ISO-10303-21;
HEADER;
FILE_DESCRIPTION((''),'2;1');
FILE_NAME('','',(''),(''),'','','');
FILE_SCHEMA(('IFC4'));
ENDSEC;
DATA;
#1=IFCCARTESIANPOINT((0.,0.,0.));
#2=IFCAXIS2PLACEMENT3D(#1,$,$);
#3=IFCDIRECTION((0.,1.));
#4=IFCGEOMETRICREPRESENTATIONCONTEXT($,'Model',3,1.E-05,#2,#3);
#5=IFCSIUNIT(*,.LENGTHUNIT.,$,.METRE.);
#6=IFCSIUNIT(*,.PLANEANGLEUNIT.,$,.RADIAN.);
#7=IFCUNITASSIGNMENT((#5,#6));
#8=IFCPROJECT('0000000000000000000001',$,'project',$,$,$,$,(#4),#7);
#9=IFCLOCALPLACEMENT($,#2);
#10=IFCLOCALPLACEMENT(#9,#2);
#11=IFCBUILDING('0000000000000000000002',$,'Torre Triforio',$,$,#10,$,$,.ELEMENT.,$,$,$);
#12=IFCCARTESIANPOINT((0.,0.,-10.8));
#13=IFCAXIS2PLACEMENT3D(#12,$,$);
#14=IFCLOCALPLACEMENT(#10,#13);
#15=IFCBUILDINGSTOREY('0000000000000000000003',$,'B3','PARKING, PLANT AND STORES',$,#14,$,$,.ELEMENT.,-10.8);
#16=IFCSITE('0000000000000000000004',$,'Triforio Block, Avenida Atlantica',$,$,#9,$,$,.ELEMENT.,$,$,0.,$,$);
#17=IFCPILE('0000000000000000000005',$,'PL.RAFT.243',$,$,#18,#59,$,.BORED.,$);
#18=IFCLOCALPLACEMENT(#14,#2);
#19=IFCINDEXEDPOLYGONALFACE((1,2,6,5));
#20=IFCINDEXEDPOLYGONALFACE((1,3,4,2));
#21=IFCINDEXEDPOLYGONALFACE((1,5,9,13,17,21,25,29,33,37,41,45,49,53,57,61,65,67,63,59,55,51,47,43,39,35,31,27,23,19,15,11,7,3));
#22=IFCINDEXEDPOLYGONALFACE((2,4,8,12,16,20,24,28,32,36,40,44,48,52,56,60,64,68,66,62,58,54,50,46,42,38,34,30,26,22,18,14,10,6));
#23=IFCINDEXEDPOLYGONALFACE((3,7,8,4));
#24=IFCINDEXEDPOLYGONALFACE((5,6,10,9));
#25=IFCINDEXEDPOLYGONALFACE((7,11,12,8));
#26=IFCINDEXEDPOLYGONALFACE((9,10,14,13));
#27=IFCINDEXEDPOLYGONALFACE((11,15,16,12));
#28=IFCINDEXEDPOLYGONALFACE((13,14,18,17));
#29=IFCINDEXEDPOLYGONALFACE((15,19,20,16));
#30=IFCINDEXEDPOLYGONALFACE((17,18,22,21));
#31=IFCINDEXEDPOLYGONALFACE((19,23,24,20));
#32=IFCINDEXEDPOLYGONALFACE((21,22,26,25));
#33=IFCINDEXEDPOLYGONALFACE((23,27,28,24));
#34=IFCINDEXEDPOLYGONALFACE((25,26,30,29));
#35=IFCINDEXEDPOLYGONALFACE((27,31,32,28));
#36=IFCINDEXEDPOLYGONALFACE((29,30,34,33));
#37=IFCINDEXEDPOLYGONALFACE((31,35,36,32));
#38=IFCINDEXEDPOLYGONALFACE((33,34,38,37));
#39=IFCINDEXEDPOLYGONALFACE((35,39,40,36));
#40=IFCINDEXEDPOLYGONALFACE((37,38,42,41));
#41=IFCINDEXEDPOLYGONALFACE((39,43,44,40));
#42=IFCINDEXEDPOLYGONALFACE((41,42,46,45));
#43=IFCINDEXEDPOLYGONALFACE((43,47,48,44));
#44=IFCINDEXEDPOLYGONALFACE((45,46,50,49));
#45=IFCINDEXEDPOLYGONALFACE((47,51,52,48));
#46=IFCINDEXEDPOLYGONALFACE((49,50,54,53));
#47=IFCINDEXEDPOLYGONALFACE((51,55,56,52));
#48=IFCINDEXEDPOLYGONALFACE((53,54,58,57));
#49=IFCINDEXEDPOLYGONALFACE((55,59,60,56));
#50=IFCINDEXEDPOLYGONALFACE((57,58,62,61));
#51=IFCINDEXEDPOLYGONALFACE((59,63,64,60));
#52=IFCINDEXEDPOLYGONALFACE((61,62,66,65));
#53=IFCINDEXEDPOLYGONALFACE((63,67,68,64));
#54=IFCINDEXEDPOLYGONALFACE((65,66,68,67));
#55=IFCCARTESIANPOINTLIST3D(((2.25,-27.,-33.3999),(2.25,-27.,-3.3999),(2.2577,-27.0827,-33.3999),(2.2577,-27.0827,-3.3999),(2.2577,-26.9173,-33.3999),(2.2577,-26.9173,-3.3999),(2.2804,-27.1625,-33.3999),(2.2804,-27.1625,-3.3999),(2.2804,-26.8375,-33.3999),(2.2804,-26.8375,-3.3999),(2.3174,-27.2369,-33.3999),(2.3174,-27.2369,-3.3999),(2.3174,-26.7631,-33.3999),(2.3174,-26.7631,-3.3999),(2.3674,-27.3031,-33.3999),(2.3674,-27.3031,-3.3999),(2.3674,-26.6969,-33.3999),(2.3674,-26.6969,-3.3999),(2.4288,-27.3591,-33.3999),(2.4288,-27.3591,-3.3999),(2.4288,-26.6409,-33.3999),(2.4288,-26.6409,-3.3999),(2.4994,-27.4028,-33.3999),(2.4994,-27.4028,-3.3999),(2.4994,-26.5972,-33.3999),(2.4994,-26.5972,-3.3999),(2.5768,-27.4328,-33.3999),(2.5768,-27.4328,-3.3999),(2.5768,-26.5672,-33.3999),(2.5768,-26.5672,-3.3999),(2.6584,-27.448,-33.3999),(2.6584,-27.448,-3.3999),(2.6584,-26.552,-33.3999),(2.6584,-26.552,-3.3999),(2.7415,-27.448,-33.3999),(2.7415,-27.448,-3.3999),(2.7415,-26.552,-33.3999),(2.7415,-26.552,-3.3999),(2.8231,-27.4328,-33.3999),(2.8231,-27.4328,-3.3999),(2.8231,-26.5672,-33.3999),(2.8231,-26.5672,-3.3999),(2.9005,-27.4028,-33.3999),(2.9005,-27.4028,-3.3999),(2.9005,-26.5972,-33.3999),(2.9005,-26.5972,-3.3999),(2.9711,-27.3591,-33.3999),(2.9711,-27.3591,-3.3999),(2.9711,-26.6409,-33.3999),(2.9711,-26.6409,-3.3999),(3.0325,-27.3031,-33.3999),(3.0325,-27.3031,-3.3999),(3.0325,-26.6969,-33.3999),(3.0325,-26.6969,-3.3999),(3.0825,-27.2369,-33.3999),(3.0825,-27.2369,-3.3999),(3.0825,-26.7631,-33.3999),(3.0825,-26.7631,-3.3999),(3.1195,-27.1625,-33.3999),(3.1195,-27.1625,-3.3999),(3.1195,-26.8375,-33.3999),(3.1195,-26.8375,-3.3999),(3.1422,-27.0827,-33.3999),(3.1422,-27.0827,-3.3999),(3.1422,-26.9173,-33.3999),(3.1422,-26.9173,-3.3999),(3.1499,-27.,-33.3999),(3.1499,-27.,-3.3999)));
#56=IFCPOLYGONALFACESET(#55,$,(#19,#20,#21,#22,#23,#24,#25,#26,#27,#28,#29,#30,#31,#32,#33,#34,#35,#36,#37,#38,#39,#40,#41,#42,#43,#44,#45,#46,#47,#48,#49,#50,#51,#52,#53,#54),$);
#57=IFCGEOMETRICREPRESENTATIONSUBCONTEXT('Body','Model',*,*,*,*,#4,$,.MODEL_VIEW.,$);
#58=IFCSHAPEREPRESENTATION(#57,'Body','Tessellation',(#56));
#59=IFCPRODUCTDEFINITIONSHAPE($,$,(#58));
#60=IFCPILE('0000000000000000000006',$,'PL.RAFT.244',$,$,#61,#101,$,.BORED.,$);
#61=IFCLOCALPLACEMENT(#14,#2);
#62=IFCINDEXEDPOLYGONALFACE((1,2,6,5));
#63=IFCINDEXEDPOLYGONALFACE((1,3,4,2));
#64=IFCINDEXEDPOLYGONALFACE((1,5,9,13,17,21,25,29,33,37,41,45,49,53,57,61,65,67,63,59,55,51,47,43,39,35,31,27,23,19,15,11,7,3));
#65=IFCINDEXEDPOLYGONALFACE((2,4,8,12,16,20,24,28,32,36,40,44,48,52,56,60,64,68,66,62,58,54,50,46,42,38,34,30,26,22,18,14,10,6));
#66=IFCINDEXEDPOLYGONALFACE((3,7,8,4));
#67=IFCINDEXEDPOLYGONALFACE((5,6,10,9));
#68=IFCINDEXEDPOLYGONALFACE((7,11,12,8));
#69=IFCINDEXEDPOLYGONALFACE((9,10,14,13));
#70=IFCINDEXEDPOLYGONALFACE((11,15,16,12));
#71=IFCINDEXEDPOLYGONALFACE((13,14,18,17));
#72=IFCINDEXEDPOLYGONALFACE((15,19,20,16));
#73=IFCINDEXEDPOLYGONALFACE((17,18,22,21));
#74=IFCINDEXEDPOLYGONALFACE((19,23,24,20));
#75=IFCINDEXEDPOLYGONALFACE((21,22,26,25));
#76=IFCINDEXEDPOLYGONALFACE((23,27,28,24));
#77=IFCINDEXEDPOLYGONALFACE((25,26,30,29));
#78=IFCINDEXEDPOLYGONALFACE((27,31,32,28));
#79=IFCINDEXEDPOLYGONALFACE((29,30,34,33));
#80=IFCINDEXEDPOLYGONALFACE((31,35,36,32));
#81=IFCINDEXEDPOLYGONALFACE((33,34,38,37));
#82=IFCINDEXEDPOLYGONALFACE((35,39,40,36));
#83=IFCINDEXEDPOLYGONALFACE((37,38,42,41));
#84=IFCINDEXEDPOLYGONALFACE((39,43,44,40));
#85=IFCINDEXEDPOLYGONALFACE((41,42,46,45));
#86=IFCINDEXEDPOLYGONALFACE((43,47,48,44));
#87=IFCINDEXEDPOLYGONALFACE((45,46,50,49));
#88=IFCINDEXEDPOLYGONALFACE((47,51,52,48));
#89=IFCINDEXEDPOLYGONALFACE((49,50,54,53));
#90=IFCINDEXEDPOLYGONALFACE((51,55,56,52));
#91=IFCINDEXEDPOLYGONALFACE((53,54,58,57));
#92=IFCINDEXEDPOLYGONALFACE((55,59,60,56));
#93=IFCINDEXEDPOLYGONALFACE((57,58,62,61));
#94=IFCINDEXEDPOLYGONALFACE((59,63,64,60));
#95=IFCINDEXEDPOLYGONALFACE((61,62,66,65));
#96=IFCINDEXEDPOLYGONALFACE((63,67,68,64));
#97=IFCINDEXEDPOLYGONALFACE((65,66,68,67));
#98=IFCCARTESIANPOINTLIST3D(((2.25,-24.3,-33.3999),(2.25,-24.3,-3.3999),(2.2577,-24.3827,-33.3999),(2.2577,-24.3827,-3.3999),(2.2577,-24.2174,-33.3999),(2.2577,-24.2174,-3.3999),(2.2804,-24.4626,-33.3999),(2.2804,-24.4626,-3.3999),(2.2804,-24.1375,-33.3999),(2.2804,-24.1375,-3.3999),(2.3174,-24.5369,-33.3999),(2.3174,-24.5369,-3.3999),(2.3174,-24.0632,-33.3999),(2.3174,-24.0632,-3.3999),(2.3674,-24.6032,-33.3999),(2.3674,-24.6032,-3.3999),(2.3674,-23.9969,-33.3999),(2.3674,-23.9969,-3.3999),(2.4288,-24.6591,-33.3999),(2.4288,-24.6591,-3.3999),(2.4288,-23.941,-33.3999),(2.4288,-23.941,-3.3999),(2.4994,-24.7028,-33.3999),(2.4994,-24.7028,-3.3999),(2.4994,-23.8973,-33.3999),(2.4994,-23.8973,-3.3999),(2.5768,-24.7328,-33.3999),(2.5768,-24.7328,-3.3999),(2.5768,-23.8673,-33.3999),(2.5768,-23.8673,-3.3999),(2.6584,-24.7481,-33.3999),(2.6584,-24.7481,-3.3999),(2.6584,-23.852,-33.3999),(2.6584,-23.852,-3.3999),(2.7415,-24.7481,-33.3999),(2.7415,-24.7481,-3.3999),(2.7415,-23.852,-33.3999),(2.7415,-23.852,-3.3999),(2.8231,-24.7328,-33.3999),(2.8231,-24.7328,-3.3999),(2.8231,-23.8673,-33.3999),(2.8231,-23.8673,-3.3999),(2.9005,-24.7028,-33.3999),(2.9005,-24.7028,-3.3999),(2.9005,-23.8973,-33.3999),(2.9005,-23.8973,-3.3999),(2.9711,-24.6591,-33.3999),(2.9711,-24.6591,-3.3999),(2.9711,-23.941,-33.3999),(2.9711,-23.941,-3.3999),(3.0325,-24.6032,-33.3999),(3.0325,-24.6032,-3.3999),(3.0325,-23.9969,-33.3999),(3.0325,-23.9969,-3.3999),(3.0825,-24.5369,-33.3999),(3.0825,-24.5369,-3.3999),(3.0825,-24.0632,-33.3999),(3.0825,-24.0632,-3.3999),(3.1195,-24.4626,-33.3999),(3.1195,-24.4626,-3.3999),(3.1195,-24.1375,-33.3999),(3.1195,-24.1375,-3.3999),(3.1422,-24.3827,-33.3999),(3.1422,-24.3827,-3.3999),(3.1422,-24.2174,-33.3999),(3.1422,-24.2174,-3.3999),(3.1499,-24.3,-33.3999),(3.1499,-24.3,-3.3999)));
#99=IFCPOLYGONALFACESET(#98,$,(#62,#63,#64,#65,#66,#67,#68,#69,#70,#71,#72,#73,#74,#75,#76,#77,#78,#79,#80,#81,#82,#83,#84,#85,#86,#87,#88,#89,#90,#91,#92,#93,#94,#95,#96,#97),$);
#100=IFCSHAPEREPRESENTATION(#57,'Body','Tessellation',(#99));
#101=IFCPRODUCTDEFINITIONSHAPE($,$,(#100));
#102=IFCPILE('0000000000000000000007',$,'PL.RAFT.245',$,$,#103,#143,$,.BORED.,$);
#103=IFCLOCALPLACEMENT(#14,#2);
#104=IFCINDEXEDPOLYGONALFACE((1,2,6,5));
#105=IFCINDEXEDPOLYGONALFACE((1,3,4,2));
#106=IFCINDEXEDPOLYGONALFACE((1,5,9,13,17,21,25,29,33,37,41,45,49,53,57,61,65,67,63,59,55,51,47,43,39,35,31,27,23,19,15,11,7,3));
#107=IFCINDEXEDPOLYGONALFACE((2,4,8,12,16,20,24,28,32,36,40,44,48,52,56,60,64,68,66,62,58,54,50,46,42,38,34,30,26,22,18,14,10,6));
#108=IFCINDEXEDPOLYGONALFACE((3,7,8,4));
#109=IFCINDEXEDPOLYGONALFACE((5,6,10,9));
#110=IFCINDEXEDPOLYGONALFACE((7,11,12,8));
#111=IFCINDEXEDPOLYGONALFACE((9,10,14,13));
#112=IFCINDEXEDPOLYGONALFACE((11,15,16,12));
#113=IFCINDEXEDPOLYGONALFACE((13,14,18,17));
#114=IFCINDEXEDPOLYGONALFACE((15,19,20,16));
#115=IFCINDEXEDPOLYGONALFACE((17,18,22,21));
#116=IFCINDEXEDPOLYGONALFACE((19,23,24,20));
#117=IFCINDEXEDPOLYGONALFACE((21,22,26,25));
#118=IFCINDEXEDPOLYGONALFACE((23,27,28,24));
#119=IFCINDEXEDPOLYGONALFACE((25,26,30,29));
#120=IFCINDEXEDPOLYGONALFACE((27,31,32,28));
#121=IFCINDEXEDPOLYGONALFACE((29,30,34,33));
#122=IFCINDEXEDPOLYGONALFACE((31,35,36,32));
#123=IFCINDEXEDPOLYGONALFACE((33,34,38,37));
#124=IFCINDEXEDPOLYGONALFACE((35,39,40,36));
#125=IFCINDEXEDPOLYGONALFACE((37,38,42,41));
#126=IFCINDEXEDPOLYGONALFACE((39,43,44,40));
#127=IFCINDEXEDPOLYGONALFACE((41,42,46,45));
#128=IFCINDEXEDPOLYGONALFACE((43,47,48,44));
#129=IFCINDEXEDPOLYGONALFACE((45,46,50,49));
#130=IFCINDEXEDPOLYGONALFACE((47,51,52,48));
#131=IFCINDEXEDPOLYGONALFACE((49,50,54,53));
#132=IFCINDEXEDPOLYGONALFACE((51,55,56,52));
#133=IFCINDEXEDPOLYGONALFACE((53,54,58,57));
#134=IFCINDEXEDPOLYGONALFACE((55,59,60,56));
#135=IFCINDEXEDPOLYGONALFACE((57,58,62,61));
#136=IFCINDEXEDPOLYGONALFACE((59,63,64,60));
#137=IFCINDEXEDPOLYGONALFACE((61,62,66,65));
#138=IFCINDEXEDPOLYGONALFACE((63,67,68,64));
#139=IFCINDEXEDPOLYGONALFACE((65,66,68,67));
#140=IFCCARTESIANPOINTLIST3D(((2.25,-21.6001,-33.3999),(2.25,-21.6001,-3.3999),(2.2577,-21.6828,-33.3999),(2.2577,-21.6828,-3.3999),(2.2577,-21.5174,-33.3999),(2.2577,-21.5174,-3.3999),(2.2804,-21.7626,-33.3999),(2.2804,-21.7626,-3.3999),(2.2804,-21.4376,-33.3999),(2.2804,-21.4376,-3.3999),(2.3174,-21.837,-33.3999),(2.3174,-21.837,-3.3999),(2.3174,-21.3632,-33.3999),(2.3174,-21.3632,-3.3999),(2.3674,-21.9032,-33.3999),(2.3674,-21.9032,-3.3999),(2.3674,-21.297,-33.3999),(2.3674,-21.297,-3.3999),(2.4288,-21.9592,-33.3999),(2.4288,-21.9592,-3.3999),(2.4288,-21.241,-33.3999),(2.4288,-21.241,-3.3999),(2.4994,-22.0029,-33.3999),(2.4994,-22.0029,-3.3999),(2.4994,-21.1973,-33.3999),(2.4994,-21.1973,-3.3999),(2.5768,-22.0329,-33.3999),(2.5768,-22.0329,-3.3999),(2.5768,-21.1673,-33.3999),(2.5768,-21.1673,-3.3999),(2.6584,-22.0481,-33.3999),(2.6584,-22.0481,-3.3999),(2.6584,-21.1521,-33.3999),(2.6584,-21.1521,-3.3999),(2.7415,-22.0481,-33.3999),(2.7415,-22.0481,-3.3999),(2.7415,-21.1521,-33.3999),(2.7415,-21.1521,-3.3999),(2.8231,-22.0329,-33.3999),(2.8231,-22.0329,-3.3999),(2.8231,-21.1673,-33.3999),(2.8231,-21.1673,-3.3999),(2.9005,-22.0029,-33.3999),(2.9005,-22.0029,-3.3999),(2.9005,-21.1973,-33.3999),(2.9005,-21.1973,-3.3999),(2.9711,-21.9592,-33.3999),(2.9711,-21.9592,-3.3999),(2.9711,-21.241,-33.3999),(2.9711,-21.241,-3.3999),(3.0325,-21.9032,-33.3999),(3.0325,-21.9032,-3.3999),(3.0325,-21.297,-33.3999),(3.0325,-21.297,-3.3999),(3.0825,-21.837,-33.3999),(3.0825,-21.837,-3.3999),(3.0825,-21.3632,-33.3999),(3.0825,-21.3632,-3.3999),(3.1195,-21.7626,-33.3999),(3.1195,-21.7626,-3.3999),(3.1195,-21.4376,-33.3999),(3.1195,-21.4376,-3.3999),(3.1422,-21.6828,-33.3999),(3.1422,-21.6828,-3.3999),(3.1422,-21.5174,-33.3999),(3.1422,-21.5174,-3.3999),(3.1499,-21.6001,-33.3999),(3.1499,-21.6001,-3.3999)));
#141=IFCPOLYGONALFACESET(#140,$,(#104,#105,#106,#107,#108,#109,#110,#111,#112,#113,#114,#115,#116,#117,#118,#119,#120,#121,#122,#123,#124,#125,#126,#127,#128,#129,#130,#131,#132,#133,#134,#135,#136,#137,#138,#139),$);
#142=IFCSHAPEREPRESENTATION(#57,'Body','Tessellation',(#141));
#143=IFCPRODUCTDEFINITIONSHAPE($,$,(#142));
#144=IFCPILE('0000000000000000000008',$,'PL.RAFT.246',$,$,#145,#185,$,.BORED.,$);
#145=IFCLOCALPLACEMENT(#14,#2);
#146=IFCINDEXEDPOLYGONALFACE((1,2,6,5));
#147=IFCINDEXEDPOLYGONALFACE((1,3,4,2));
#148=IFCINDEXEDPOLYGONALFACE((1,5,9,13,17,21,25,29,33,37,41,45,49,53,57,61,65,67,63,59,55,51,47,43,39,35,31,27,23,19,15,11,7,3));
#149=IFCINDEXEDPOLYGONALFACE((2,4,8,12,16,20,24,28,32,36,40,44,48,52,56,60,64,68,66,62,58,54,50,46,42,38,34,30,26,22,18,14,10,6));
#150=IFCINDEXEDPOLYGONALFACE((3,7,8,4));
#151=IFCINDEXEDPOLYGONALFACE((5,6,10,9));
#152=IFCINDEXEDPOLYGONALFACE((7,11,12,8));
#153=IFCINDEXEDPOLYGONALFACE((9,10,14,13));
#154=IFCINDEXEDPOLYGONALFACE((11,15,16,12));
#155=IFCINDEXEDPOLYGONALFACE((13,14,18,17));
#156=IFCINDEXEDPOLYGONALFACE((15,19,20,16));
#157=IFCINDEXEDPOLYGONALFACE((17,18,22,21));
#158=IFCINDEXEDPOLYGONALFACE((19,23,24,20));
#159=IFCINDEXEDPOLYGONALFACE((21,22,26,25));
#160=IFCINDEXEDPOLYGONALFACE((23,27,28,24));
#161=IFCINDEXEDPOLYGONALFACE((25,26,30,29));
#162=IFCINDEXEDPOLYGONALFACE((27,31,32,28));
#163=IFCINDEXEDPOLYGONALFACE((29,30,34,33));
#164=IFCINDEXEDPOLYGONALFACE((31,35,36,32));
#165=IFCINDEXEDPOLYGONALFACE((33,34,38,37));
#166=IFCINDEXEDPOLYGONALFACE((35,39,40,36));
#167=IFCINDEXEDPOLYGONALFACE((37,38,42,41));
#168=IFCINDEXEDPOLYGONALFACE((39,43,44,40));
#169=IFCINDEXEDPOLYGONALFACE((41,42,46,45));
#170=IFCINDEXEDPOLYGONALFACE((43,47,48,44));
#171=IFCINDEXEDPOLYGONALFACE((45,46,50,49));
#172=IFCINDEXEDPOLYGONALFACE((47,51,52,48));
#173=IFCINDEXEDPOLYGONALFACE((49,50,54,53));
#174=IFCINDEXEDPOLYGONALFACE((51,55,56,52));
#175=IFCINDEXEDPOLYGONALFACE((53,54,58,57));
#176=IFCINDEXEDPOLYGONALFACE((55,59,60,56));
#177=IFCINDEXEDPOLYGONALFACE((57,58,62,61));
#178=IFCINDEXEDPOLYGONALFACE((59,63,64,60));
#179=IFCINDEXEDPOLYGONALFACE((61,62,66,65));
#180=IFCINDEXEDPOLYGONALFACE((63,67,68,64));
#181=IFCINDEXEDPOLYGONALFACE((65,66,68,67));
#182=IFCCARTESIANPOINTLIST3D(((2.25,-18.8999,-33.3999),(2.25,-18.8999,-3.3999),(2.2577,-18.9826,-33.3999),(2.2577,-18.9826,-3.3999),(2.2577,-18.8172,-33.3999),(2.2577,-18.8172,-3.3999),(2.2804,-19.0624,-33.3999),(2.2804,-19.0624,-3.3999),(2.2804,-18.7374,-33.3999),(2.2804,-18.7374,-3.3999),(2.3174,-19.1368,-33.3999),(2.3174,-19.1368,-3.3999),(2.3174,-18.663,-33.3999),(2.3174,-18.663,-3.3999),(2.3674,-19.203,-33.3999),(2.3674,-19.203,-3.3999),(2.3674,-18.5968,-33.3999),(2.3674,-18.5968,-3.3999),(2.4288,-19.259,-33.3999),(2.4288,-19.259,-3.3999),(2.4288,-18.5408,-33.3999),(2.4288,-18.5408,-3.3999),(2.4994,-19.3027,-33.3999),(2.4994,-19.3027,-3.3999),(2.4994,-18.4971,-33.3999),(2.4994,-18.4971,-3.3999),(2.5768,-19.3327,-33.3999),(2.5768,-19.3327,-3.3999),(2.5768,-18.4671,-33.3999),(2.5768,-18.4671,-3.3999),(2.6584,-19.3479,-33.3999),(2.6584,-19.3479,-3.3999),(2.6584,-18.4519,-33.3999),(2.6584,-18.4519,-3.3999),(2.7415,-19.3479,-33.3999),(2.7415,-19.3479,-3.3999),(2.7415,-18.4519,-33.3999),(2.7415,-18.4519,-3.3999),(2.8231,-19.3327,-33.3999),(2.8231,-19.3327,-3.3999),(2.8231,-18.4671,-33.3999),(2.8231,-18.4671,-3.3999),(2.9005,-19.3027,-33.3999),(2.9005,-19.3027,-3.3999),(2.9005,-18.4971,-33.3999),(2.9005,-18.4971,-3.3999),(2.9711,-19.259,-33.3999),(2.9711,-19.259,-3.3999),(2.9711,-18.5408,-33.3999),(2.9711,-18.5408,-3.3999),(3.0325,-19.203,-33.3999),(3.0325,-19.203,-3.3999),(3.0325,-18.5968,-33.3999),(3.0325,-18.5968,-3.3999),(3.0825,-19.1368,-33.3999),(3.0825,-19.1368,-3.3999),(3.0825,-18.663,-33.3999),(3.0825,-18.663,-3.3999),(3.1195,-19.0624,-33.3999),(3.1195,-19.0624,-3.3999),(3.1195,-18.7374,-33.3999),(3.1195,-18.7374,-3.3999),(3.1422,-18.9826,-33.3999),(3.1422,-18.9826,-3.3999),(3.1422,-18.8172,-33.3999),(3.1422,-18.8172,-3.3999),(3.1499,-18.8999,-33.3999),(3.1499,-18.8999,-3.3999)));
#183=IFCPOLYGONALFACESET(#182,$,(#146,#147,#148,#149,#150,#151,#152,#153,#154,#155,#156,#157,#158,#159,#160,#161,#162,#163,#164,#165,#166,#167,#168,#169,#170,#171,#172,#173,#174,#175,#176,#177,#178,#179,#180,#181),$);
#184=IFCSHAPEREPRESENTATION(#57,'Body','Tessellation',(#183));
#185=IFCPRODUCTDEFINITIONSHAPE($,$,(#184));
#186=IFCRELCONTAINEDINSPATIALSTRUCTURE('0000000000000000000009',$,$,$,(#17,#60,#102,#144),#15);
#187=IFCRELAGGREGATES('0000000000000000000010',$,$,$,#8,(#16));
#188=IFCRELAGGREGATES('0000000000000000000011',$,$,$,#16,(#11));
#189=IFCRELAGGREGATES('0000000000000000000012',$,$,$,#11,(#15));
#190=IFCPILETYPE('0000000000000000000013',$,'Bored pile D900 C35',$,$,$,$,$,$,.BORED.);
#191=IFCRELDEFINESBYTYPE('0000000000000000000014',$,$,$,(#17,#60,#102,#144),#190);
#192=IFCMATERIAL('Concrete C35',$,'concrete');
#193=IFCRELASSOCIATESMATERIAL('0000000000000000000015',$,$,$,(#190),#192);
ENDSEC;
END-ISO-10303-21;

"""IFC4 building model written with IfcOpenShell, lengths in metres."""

from ifc_helpers import new_model, si_unit, direction, frame, origin, origin_2d, place, context, subcontext, project, spatial, circle, extrude, material, material_profile, profile_set, type_object, element, save


model = new_model("IFC4")

# Units and contexts
model_context = context("Model", 3, precision=1e-05, world=origin(), true_north=direction((0.0, 1.0)))
body_context = subcontext(model_context, "Body", "Model", "MODEL_VIEW")
ifc_project = project(units=[si_unit("LENGTHUNIT", "METRE"), si_unit("PLANEANGLEUNIT", "RADIAN")], contexts=[model_context])

# Site, building, storey
site_placement = place(None, origin())
site = spatial("IfcSite", under=ifc_project, at=site_placement, Name="Triforio Block, Avenida Atlantica", CompositionType="ELEMENT", RefElevation=0.0)
building_placement = place(site_placement, origin())
building = spatial("IfcBuilding", under=site, at=building_placement, Name="Torre Triforio", CompositionType="ELEMENT")
storey_placement = place(building_placement, frame((0.0, 0.0, -10.8)))
storey = spatial("IfcBuildingStorey", under=building, at=storey_placement, Name="B3", Description="PARKING, PLANT AND STORES", CompositionType="ELEMENT", Elevation=-10.8)

# Piles
ifc_material_1 = material(Name="Concrete C35", Category="concrete")
ifc_material_profile_1 = material_profile(ifc_material_1, circle(Radius=0.45, at=origin_2d()), Name="RC D900")
ifc_profile_set_1 = profile_set([ifc_material_profile_1], Name="Concrete C35")
pile_type = type_object("IfcPileType", Name="Bored pile D900 C35", PredefinedType="BORED", material=ifc_profile_set_1)
for number, where, z_axis, x_axis, name in (
    (1, (2.7, -27.0, -3.3999), (0.0, 0.0, -1.0), (1.0, 0.0, 0.0), "PL.RAFT.243"),
    (2, (2.7, -24.3, -3.3999), (0.0, 0.0, -1.0), (1.0, 0.0, 0.0), "PL.RAFT.244"),
    (3, (2.7, -21.6001, -3.3999), (0.0, 0.0, -1.0), (1.0, 0.0, 0.0), "PL.RAFT.245"),
    (4, (2.7, -18.8999, -3.3999), (0.0, 0.0, -1.0), (1.0, 0.0, 0.0), "PL.RAFT.246"),
):
    element("IfcPile", number, at=place(storey_placement, frame(where, z_axis=z_axis, x_axis=x_axis)), inside=storey, type_object=pile_type, Name=name, PredefinedType="BORED", context=body_context, shape_type="SweptSolid", body=[
        extrude(circle(Radius=0.45, at=origin_2d()), origin(), (0.0, 0.0, 1.0), 30.0),
    ])

save(model, "model.ifc")
